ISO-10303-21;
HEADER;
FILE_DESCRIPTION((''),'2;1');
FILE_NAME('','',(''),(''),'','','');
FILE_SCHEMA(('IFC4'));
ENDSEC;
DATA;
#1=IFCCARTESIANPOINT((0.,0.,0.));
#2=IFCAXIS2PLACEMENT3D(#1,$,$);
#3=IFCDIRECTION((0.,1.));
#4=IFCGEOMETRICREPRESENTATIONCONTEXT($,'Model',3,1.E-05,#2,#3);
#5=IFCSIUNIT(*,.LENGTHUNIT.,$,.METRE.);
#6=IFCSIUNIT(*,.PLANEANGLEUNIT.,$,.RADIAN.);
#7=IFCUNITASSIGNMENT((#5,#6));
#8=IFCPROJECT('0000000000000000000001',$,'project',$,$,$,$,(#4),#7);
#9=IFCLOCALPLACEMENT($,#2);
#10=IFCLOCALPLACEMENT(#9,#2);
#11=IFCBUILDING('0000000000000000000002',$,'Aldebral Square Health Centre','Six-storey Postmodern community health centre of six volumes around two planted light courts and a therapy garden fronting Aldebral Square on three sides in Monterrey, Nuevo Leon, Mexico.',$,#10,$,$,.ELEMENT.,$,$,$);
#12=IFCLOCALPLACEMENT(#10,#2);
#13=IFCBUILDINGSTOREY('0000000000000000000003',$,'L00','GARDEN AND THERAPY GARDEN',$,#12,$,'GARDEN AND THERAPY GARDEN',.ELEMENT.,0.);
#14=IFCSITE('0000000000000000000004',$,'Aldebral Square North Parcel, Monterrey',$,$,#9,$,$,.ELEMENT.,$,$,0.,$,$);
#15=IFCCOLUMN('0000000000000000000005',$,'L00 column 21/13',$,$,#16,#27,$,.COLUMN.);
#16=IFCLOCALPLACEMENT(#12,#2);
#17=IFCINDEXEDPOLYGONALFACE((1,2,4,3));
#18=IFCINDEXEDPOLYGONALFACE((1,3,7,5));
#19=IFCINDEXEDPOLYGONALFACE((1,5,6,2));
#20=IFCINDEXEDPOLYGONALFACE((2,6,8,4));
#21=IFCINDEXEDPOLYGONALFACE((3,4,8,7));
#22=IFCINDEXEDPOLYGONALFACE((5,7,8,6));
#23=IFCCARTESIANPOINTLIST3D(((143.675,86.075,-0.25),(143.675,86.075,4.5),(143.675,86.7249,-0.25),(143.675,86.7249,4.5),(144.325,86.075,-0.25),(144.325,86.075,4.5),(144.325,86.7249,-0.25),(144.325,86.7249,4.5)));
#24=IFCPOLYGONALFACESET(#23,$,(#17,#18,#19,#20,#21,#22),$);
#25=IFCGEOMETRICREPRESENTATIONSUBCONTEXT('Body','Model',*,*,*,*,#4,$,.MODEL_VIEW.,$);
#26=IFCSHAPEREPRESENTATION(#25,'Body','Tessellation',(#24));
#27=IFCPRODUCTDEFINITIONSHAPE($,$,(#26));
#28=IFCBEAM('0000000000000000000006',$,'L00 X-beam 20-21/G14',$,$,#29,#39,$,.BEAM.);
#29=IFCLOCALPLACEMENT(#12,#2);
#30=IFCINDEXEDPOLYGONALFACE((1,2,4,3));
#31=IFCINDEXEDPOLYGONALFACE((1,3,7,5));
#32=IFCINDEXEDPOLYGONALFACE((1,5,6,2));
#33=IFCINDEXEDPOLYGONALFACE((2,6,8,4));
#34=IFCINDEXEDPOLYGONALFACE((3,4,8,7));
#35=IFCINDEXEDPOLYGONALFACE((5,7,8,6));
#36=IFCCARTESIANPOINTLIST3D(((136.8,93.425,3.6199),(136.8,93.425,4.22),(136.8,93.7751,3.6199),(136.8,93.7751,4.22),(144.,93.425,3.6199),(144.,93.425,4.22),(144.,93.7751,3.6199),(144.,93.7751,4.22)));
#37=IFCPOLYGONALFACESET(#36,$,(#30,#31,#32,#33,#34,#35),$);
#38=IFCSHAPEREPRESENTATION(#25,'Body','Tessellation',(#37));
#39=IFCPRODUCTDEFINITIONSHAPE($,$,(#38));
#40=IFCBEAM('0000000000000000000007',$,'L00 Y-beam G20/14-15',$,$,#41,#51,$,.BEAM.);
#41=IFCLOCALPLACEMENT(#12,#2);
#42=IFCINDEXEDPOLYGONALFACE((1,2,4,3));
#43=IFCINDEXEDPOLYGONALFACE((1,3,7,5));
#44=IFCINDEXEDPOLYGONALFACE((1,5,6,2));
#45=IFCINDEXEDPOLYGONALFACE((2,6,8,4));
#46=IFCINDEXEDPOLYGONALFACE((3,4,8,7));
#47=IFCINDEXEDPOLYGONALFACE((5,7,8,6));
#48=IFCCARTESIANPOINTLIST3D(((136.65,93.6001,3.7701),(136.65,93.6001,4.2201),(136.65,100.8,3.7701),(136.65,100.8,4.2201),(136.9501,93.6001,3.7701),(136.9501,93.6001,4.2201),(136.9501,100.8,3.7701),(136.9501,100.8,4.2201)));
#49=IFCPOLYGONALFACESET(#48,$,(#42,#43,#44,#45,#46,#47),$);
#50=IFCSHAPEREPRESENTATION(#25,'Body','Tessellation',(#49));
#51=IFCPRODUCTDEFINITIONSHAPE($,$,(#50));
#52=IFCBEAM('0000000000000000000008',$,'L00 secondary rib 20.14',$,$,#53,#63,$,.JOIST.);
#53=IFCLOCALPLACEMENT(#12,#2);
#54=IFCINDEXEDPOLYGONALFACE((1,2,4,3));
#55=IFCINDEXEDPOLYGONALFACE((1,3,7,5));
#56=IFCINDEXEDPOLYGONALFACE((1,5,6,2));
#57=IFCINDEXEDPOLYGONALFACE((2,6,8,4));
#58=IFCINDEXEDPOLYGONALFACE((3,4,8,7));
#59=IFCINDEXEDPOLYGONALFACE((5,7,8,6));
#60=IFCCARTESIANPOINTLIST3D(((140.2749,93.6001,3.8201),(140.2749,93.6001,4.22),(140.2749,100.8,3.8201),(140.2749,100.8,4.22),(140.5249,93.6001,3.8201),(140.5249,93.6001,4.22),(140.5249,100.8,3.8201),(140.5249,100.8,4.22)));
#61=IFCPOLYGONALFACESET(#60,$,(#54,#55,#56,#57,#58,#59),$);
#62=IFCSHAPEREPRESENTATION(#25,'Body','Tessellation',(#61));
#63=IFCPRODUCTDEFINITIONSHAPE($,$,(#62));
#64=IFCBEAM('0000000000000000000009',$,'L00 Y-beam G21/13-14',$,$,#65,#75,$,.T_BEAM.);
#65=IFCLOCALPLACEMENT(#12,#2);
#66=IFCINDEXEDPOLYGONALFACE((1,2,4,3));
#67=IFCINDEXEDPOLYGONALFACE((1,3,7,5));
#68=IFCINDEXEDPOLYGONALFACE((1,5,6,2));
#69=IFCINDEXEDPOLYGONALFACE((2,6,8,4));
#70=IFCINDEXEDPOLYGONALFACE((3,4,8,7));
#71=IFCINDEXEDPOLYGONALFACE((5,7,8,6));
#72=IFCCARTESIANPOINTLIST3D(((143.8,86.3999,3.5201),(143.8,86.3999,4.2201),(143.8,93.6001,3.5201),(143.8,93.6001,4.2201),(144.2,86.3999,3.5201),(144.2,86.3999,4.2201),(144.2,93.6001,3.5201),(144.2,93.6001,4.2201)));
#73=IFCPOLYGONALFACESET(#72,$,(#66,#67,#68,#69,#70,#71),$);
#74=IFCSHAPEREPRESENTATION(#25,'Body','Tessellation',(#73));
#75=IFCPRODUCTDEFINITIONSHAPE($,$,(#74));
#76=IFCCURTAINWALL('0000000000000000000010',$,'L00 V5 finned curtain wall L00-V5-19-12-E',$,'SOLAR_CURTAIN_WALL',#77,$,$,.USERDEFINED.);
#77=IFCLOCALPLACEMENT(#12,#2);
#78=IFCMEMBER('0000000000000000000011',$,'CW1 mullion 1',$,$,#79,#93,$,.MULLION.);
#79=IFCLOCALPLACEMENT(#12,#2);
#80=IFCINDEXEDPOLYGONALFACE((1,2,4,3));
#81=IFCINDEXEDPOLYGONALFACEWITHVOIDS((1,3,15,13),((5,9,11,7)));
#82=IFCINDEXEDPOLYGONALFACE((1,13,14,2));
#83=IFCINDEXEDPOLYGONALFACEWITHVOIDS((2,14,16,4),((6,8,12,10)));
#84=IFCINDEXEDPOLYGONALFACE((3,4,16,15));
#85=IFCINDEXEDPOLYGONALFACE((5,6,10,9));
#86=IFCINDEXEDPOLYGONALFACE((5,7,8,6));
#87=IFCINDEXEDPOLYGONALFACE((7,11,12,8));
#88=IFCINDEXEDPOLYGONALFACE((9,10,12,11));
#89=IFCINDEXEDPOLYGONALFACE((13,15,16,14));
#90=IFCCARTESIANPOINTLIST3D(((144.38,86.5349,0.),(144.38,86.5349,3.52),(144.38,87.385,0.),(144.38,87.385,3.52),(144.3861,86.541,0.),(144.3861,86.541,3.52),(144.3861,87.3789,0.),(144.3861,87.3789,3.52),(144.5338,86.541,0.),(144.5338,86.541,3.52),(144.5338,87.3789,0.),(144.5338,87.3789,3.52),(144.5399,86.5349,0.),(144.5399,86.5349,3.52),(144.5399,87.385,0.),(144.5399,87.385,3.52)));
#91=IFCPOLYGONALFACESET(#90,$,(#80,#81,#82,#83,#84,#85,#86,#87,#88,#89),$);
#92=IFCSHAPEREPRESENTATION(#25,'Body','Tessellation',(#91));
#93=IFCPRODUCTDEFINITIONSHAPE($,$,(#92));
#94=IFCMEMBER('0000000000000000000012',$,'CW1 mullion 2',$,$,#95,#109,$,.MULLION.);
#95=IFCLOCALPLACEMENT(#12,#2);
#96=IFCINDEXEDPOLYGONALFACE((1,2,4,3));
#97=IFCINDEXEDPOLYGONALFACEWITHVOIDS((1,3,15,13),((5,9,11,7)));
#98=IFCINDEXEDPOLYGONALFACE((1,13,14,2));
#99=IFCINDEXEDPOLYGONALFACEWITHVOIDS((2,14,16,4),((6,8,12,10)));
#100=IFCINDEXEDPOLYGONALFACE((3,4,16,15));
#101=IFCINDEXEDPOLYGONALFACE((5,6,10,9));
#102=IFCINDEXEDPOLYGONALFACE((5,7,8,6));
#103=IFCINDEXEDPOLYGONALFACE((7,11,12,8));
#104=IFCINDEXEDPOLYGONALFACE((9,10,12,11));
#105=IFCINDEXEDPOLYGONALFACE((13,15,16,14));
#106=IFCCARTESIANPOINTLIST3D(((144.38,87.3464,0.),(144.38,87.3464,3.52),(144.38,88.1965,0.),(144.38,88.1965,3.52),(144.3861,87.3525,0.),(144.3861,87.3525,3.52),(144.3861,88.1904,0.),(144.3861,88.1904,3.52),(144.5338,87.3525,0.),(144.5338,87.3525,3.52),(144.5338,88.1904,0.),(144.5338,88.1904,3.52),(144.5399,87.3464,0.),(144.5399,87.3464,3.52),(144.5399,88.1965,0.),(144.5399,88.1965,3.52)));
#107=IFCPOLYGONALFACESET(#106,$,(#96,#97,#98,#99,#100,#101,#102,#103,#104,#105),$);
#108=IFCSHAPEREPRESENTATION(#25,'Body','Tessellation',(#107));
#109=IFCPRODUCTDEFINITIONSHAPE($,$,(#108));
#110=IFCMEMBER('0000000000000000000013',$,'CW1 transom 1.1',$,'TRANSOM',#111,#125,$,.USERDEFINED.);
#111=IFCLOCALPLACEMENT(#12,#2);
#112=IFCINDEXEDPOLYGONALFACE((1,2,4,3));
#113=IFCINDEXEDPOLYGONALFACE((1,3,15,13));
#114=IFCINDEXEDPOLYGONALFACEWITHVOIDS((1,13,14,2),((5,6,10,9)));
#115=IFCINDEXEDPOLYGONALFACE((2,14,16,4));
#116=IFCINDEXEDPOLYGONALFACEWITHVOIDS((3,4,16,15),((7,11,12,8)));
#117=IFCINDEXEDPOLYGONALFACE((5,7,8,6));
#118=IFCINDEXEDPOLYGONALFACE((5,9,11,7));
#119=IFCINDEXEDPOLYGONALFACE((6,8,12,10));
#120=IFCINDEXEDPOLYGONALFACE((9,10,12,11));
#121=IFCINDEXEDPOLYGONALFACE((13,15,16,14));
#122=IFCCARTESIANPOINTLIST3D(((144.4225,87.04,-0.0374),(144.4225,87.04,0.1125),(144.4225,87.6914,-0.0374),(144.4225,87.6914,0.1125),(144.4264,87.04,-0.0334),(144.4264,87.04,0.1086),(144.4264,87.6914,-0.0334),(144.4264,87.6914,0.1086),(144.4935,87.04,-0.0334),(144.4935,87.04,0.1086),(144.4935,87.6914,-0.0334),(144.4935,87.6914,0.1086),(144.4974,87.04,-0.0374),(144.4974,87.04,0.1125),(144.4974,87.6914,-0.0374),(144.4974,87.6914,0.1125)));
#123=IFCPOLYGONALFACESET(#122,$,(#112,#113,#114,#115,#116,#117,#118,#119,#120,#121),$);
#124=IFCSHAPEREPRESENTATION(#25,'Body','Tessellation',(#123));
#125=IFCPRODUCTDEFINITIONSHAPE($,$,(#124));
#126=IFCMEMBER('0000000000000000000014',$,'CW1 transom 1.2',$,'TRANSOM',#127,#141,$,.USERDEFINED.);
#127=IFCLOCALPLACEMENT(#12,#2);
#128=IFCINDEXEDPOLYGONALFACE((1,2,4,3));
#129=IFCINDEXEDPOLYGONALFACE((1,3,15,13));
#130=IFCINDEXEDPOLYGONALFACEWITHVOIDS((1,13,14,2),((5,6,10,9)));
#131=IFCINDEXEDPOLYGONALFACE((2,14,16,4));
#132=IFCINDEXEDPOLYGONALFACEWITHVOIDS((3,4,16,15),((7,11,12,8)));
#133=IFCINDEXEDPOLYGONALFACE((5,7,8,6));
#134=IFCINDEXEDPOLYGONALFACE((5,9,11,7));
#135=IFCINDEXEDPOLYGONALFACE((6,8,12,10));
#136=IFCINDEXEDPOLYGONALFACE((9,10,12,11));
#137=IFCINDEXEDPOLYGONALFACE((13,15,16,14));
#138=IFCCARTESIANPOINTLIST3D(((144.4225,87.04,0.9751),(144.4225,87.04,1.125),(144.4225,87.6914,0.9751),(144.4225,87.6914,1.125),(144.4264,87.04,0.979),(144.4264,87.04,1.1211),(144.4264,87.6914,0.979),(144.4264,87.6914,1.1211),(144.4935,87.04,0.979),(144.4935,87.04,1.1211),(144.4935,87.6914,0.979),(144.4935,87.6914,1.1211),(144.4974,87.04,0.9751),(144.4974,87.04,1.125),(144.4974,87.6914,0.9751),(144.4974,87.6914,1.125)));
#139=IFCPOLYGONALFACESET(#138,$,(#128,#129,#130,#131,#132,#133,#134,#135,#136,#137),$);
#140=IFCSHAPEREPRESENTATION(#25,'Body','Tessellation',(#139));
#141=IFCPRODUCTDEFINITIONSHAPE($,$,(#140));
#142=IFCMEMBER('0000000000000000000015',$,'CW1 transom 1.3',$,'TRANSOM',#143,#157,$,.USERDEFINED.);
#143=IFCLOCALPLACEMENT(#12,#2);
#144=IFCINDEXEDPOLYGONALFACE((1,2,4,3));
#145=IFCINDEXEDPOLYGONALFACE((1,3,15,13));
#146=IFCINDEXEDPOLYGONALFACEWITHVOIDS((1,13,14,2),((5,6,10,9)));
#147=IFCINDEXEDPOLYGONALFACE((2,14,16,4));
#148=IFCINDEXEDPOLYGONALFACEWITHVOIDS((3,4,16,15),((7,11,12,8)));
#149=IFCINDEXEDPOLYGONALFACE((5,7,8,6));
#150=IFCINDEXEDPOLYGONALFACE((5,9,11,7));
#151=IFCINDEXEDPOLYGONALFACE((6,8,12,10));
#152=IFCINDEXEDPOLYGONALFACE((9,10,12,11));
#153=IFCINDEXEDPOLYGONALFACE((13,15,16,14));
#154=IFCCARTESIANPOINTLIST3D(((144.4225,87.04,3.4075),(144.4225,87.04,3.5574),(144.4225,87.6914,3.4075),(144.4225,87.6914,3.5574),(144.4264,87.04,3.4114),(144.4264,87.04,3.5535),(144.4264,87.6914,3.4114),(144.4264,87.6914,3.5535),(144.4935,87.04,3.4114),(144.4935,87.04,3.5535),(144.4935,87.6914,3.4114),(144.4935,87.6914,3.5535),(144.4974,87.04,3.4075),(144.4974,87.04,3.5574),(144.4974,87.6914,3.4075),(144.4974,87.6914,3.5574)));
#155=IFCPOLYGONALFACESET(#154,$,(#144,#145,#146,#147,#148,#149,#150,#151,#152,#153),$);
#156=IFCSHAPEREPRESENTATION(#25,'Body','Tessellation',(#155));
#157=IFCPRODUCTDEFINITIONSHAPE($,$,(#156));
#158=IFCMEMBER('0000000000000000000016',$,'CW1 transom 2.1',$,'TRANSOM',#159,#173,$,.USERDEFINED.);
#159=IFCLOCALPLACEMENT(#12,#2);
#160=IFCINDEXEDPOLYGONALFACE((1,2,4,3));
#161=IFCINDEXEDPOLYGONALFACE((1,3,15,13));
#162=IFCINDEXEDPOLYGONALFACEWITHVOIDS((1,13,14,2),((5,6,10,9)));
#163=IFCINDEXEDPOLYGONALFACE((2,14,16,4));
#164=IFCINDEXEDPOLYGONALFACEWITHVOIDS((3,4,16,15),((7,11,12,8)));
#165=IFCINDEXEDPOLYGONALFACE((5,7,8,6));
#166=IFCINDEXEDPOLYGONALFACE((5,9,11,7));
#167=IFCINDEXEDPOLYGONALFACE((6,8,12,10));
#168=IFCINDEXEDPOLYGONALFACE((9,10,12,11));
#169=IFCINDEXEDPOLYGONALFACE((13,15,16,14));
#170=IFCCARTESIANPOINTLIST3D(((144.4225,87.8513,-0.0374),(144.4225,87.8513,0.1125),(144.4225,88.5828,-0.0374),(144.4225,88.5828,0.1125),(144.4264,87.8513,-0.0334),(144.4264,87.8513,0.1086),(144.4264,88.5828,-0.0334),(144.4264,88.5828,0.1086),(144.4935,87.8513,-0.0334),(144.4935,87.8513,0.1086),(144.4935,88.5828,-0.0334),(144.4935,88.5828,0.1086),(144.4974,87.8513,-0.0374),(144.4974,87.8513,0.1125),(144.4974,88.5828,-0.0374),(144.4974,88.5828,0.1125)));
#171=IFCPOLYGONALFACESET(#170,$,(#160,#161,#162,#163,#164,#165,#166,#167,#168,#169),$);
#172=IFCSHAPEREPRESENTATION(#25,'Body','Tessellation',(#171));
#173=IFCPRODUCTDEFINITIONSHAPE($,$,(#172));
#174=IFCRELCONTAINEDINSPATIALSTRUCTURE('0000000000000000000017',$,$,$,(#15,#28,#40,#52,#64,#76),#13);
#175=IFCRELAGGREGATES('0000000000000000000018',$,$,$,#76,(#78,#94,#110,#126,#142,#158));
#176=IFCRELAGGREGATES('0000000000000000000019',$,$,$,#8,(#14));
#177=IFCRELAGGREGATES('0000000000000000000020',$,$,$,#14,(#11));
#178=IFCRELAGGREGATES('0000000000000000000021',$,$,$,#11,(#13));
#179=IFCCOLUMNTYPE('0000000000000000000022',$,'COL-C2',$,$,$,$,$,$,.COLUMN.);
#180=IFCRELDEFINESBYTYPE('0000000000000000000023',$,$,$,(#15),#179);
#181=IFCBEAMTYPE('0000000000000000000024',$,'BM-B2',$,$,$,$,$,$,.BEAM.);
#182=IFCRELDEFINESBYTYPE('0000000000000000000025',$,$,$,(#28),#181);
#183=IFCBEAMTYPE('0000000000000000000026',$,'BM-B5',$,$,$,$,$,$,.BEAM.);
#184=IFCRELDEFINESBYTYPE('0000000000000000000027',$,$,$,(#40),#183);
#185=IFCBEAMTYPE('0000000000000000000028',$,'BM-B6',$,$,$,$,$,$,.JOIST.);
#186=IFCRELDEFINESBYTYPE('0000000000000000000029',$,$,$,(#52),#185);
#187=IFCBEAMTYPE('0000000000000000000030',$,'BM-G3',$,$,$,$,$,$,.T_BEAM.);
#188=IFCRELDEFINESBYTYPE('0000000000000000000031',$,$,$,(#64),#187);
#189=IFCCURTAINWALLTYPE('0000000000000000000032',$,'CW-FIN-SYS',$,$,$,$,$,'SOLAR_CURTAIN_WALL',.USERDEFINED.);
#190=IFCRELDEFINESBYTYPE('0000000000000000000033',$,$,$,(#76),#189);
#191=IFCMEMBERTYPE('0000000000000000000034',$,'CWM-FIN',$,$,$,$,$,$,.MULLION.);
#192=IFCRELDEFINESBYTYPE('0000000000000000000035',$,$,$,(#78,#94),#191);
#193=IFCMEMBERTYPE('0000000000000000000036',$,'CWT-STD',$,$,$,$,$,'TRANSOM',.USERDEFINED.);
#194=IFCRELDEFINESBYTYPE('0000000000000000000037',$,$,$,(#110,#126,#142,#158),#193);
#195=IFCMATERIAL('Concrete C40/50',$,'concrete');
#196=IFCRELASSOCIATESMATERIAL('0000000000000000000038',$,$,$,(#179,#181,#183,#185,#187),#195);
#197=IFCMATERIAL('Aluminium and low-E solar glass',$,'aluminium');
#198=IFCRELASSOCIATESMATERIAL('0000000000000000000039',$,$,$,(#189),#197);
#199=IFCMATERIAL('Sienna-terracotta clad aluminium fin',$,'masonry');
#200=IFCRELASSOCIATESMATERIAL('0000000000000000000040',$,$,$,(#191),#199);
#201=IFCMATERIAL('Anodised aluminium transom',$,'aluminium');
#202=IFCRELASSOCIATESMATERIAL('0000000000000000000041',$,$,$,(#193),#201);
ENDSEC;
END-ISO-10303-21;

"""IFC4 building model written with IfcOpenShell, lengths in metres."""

from ifc_helpers import new_model, si_unit, direction, frame, origin, origin_2d, place, context, subcontext, project, spatial, rectangle, hollow_rectangle, extrude, material, material_profile, profile_set, type_object, element, aggregate, save


model = new_model("IFC4")

# Units and contexts
model_context = context("Model", 3, precision=1e-05, world=origin(), true_north=direction((0.0, 1.0)))
body_context = subcontext(model_context, "Body", "Model", "MODEL_VIEW")
ifc_project = project(units=[si_unit("LENGTHUNIT", "METRE"), si_unit("PLANEANGLEUNIT", "RADIAN")], contexts=[model_context])

# Site, building, storey
site_placement = place(None, origin())
site = spatial("IfcSite", under=ifc_project, at=site_placement, Name="Aldebral Square North Parcel, Monterrey", CompositionType="ELEMENT", RefElevation=0.0)
building_placement = place(site_placement, origin())
building = spatial("IfcBuilding", under=site, at=building_placement, Name="Aldebral Square Health Centre", Description="Six-storey Postmodern community health centre of six volumes around two planted light courts and a therapy garden fronting Aldebral Square on three sides in Monterrey, Nuevo Leon, Mexico.", CompositionType="ELEMENT")
storey_placement = place(building_placement, origin())
storey = spatial("IfcBuildingStorey", under=building, at=storey_placement, Name="L00", Description="GARDEN AND THERAPY GARDEN", LongName="GARDEN AND THERAPY GARDEN", CompositionType="ELEMENT", Elevation=0.0)

# Column
ifc_material_1 = material(Name="Concrete C40/50", Category="concrete")
ifc_material_profile_1 = material_profile(ifc_material_1, rectangle(XDim=0.6499, YDim=0.6499, at=origin_2d()), Name="RC 650x650")
ifc_profile_set_1 = profile_set([ifc_material_profile_1], Name="Concrete C40/50")
column_type = type_object("IfcColumnType", Name="COL-C2", PredefinedType="COLUMN", material=ifc_profile_set_1)
column_placement = place(storey_placement, frame((144.0, 86.3999, -0.25), z_axis=(0.0, 0.0, 1.0), x_axis=(1.0, 0.0, 0.0)))
element("IfcColumn", 1, at=column_placement, inside=storey, type_object=column_type, Name="L00 column 21/13", PredefinedType="COLUMN", context=body_context, shape_type="SweptSolid", body=[
    extrude(rectangle(XDim=0.6499, YDim=0.6499, at=origin_2d()), origin(), (0.0, 0.0, 1.0), 4.75),
])

# Beams
ifc_material_profile_2 = material_profile(ifc_material_1, rectangle(XDim=0.3501, YDim=0.6001, at=origin_2d()), Name="RC 350x600")
ifc_profile_set_2 = profile_set([ifc_material_profile_2], Name="Concrete C40/50")
beam_type_1 = type_object("IfcBeamType", Name="BM-B2", PredefinedType="BEAM", material=ifc_profile_set_2)
beam_1_placement = place(storey_placement, frame((136.8, 93.6001, 3.9199), z_axis=(1.0, 0.0, 0.0), x_axis=(0.0, 1.0, 0.0)))
element("IfcBeam", 2, at=beam_1_placement, inside=storey, type_object=beam_type_1, Name="L00 X-beam 20-21/G14", PredefinedType="BEAM", context=body_context, shape_type="SweptSolid", body=[
    extrude(rectangle(XDim=0.3501, YDim=0.6001, at=origin_2d()), origin(), (0.0, 0.0, 1.0), 7.2),
])
ifc_material_profile_3 = material_profile(ifc_material_1, rectangle(XDim=0.3, YDim=0.45, at=origin_2d()), Name="RC 300x450")
ifc_profile_set_3 = profile_set([ifc_material_profile_3], Name="Concrete C40/50")
beam_type_2 = type_object("IfcBeamType", Name="BM-B5", PredefinedType="BEAM", material=ifc_profile_set_3)
beam_2_placement = place(storey_placement, frame((136.8, 93.6001, 3.9951), z_axis=(0.0, 1.0, 0.0), x_axis=(-1.0, 0.0, 0.0)))
element("IfcBeam", 3, at=beam_2_placement, inside=storey, type_object=beam_type_2, Name="L00 Y-beam G20/14-15", PredefinedType="BEAM", context=body_context, shape_type="SweptSolid", body=[
    extrude(rectangle(XDim=0.3, YDim=0.45, at=origin_2d()), origin(), (0.0, 0.0, 1.0), 7.2),
])
ifc_material_profile_4 = material_profile(ifc_material_1, rectangle(XDim=0.25, YDim=0.3999, at=origin_2d()), Name="RC 250x400")
ifc_profile_set_4 = profile_set([ifc_material_profile_4], Name="Concrete C40/50")
beam_type_3 = type_object("IfcBeamType", Name="BM-B6", PredefinedType="JOIST", material=ifc_profile_set_4)
beam_3_placement = place(storey_placement, frame((140.3999, 93.6001, 4.02), z_axis=(0.0, 1.0, 0.0), x_axis=(-1.0, 0.0, 0.0)))
element("IfcBeam", 4, at=beam_3_placement, inside=storey, type_object=beam_type_3, Name="L00 secondary rib 20.14", PredefinedType="JOIST", context=body_context, shape_type="SweptSolid", body=[
    extrude(rectangle(XDim=0.25, YDim=0.3999, at=origin_2d()), origin(), (0.0, 0.0, 1.0), 7.2),
])
ifc_material_profile_5 = material_profile(ifc_material_1, rectangle(XDim=0.3999, YDim=0.7, at=origin_2d()), Name="RC 400x700")
ifc_profile_set_5 = profile_set([ifc_material_profile_5], Name="Concrete C40/50")
beam_type_4 = type_object("IfcBeamType", Name="BM-G3", PredefinedType="T_BEAM", material=ifc_profile_set_5)
beam_4_placement = place(storey_placement, frame((144.0, 86.3999, 3.8701), z_axis=(0.0, 1.0, 0.0), x_axis=(-1.0, 0.0, 0.0)))
element("IfcBeam", 5, at=beam_4_placement, inside=storey, type_object=beam_type_4, Name="L00 Y-beam G21/13-14", PredefinedType="T_BEAM", context=body_context, shape_type="SweptSolid", body=[
    extrude(rectangle(XDim=0.3999, YDim=0.7, at=origin_2d()), origin(), (0.0, 0.0, 1.0), 7.2002),
])

# Curtain wall, members
ifc_material_2 = material(Name="Aluminium and low-E solar glass", Category="aluminium")
curtain_wall_type = type_object("IfcCurtainWallType", Name="CW-FIN-SYS", ElementType="SOLAR_CURTAIN_WALL", PredefinedType="USERDEFINED", material=ifc_material_2)
curtain_wall_placement = place(storey_placement, origin())
curtain_wall = element("IfcCurtainWall", 6, at=curtain_wall_placement, inside=storey, type_object=curtain_wall_type, Name="L00 V5 finned curtain wall L00-V5-19-12-E", ObjectType="SOLAR_CURTAIN_WALL", PredefinedType="USERDEFINED")
ifc_material_3 = material(Name="Sienna-terracotta clad aluminium fin", Category="masonry")
ifc_material_profile_6 = material_profile(ifc_material_3, hollow_rectangle(XDim=0.1599, YDim=0.8501, WallThickness=0.0061, at=origin_2d()), Name="FIN 160x850x6")
ifc_profile_set_6 = profile_set([ifc_material_profile_6], Name="Sienna-terracotta clad aluminium fin")
member_type_1 = type_object("IfcMemberType", Name="CWM-FIN", PredefinedType="MULLION", material=ifc_profile_set_6)
member_1_placement = place(storey_placement, frame((144.46, 86.96, 0.0), z_axis=(0.0, 0.0, 1.0), x_axis=(-1.0, 0.0, 0.0)))
member_1 = element("IfcMember", 7, at=member_1_placement, type_object=member_type_1, Name="CW1 mullion 1", PredefinedType="MULLION", context=body_context, shape_type="SweptSolid", body=[
    extrude(hollow_rectangle(XDim=0.1599, YDim=0.8501, WallThickness=0.0061, at=origin_2d()), origin(), (0.0, 0.0, 1.0), 3.52),
])
member_2_placement = place(storey_placement, frame((144.46, 87.7715, 0.0), z_axis=(0.0, 0.0, 1.0), x_axis=(-1.0, 0.0, 0.0)))
member_2 = element("IfcMember", 8, at=member_2_placement, type_object=member_type_1, Name="CW1 mullion 2", PredefinedType="MULLION", context=body_context, shape_type="SweptSolid", body=[
    extrude(hollow_rectangle(XDim=0.1599, YDim=0.8501, WallThickness=0.0061, at=origin_2d()), origin(), (0.0, 0.0, 1.0), 3.52),
])
ifc_material_4 = material(Name="Anodised aluminium transom", Category="aluminium")
ifc_material_profile_7 = material_profile(ifc_material_4, hollow_rectangle(XDim=0.075, YDim=0.1499, WallThickness=0.0039, at=origin_2d()), Name="CWT 75x150x4")
ifc_profile_set_7 = profile_set([ifc_material_profile_7], Name="Anodised aluminium transom")
member_type_2 = type_object("IfcMemberType", Name="CWT-STD", ElementType="TRANSOM", PredefinedType="USERDEFINED", material=ifc_profile_set_7)
member_3_placement = place(storey_placement, frame((144.46, 87.04, 0.0376), z_axis=(0.0, 1.0, 0.0), x_axis=(-1.0, 0.0, 0.0)))
member_3 = element("IfcMember", 9, at=member_3_placement, type_object=member_type_2, Name="CW1 transom 1.1", ObjectType="TRANSOM", PredefinedType="USERDEFINED", context=body_context, shape_type="SweptSolid", body=[
    extrude(hollow_rectangle(XDim=0.075, YDim=0.1499, WallThickness=0.0039, at=origin_2d()), origin(), (0.0, 0.0, 1.0), 0.6514),
])
member_4_placement = place(storey_placement, frame((144.46, 87.04, 1.05), z_axis=(0.0, 1.0, 0.0), x_axis=(-1.0, 0.0, 0.0)))
member_4 = element("IfcMember", 10, at=member_4_placement, type_object=member_type_2, Name="CW1 transom 1.2", ObjectType="TRANSOM", PredefinedType="USERDEFINED", context=body_context, shape_type="SweptSolid", body=[
    extrude(hollow_rectangle(XDim=0.075, YDim=0.1499, WallThickness=0.0039, at=origin_2d()), origin(), (0.0, 0.0, 1.0), 0.6514),
])
member_5_placement = place(storey_placement, frame((144.46, 87.04, 3.4824), z_axis=(0.0, 1.0, 0.0), x_axis=(-1.0, 0.0, 0.0)))
member_5 = element("IfcMember", 11, at=member_5_placement, type_object=member_type_2, Name="CW1 transom 1.3", ObjectType="TRANSOM", PredefinedType="USERDEFINED", context=body_context, shape_type="SweptSolid", body=[
    extrude(hollow_rectangle(XDim=0.075, YDim=0.1499, WallThickness=0.0039, at=origin_2d()), origin(), (0.0, 0.0, 1.0), 0.6514),
])
member_6_placement = place(storey_placement, frame((144.46, 87.8513, 0.0376), z_axis=(0.0, 1.0, 0.0), x_axis=(-1.0, 0.0, 0.0)))
member_6 = element("IfcMember", 12, at=member_6_placement, type_object=member_type_2, Name="CW1 transom 2.1", ObjectType="TRANSOM", PredefinedType="USERDEFINED", context=body_context, shape_type="SweptSolid", body=[
    extrude(hollow_rectangle(XDim=0.075, YDim=0.1499, WallThickness=0.0039, at=origin_2d()), origin(), (0.0, 0.0, 1.0), 0.7314),
])
aggregate(curtain_wall, [member_1, member_2, member_3, member_4, member_5, member_6])

save(model, "model.ifc")
